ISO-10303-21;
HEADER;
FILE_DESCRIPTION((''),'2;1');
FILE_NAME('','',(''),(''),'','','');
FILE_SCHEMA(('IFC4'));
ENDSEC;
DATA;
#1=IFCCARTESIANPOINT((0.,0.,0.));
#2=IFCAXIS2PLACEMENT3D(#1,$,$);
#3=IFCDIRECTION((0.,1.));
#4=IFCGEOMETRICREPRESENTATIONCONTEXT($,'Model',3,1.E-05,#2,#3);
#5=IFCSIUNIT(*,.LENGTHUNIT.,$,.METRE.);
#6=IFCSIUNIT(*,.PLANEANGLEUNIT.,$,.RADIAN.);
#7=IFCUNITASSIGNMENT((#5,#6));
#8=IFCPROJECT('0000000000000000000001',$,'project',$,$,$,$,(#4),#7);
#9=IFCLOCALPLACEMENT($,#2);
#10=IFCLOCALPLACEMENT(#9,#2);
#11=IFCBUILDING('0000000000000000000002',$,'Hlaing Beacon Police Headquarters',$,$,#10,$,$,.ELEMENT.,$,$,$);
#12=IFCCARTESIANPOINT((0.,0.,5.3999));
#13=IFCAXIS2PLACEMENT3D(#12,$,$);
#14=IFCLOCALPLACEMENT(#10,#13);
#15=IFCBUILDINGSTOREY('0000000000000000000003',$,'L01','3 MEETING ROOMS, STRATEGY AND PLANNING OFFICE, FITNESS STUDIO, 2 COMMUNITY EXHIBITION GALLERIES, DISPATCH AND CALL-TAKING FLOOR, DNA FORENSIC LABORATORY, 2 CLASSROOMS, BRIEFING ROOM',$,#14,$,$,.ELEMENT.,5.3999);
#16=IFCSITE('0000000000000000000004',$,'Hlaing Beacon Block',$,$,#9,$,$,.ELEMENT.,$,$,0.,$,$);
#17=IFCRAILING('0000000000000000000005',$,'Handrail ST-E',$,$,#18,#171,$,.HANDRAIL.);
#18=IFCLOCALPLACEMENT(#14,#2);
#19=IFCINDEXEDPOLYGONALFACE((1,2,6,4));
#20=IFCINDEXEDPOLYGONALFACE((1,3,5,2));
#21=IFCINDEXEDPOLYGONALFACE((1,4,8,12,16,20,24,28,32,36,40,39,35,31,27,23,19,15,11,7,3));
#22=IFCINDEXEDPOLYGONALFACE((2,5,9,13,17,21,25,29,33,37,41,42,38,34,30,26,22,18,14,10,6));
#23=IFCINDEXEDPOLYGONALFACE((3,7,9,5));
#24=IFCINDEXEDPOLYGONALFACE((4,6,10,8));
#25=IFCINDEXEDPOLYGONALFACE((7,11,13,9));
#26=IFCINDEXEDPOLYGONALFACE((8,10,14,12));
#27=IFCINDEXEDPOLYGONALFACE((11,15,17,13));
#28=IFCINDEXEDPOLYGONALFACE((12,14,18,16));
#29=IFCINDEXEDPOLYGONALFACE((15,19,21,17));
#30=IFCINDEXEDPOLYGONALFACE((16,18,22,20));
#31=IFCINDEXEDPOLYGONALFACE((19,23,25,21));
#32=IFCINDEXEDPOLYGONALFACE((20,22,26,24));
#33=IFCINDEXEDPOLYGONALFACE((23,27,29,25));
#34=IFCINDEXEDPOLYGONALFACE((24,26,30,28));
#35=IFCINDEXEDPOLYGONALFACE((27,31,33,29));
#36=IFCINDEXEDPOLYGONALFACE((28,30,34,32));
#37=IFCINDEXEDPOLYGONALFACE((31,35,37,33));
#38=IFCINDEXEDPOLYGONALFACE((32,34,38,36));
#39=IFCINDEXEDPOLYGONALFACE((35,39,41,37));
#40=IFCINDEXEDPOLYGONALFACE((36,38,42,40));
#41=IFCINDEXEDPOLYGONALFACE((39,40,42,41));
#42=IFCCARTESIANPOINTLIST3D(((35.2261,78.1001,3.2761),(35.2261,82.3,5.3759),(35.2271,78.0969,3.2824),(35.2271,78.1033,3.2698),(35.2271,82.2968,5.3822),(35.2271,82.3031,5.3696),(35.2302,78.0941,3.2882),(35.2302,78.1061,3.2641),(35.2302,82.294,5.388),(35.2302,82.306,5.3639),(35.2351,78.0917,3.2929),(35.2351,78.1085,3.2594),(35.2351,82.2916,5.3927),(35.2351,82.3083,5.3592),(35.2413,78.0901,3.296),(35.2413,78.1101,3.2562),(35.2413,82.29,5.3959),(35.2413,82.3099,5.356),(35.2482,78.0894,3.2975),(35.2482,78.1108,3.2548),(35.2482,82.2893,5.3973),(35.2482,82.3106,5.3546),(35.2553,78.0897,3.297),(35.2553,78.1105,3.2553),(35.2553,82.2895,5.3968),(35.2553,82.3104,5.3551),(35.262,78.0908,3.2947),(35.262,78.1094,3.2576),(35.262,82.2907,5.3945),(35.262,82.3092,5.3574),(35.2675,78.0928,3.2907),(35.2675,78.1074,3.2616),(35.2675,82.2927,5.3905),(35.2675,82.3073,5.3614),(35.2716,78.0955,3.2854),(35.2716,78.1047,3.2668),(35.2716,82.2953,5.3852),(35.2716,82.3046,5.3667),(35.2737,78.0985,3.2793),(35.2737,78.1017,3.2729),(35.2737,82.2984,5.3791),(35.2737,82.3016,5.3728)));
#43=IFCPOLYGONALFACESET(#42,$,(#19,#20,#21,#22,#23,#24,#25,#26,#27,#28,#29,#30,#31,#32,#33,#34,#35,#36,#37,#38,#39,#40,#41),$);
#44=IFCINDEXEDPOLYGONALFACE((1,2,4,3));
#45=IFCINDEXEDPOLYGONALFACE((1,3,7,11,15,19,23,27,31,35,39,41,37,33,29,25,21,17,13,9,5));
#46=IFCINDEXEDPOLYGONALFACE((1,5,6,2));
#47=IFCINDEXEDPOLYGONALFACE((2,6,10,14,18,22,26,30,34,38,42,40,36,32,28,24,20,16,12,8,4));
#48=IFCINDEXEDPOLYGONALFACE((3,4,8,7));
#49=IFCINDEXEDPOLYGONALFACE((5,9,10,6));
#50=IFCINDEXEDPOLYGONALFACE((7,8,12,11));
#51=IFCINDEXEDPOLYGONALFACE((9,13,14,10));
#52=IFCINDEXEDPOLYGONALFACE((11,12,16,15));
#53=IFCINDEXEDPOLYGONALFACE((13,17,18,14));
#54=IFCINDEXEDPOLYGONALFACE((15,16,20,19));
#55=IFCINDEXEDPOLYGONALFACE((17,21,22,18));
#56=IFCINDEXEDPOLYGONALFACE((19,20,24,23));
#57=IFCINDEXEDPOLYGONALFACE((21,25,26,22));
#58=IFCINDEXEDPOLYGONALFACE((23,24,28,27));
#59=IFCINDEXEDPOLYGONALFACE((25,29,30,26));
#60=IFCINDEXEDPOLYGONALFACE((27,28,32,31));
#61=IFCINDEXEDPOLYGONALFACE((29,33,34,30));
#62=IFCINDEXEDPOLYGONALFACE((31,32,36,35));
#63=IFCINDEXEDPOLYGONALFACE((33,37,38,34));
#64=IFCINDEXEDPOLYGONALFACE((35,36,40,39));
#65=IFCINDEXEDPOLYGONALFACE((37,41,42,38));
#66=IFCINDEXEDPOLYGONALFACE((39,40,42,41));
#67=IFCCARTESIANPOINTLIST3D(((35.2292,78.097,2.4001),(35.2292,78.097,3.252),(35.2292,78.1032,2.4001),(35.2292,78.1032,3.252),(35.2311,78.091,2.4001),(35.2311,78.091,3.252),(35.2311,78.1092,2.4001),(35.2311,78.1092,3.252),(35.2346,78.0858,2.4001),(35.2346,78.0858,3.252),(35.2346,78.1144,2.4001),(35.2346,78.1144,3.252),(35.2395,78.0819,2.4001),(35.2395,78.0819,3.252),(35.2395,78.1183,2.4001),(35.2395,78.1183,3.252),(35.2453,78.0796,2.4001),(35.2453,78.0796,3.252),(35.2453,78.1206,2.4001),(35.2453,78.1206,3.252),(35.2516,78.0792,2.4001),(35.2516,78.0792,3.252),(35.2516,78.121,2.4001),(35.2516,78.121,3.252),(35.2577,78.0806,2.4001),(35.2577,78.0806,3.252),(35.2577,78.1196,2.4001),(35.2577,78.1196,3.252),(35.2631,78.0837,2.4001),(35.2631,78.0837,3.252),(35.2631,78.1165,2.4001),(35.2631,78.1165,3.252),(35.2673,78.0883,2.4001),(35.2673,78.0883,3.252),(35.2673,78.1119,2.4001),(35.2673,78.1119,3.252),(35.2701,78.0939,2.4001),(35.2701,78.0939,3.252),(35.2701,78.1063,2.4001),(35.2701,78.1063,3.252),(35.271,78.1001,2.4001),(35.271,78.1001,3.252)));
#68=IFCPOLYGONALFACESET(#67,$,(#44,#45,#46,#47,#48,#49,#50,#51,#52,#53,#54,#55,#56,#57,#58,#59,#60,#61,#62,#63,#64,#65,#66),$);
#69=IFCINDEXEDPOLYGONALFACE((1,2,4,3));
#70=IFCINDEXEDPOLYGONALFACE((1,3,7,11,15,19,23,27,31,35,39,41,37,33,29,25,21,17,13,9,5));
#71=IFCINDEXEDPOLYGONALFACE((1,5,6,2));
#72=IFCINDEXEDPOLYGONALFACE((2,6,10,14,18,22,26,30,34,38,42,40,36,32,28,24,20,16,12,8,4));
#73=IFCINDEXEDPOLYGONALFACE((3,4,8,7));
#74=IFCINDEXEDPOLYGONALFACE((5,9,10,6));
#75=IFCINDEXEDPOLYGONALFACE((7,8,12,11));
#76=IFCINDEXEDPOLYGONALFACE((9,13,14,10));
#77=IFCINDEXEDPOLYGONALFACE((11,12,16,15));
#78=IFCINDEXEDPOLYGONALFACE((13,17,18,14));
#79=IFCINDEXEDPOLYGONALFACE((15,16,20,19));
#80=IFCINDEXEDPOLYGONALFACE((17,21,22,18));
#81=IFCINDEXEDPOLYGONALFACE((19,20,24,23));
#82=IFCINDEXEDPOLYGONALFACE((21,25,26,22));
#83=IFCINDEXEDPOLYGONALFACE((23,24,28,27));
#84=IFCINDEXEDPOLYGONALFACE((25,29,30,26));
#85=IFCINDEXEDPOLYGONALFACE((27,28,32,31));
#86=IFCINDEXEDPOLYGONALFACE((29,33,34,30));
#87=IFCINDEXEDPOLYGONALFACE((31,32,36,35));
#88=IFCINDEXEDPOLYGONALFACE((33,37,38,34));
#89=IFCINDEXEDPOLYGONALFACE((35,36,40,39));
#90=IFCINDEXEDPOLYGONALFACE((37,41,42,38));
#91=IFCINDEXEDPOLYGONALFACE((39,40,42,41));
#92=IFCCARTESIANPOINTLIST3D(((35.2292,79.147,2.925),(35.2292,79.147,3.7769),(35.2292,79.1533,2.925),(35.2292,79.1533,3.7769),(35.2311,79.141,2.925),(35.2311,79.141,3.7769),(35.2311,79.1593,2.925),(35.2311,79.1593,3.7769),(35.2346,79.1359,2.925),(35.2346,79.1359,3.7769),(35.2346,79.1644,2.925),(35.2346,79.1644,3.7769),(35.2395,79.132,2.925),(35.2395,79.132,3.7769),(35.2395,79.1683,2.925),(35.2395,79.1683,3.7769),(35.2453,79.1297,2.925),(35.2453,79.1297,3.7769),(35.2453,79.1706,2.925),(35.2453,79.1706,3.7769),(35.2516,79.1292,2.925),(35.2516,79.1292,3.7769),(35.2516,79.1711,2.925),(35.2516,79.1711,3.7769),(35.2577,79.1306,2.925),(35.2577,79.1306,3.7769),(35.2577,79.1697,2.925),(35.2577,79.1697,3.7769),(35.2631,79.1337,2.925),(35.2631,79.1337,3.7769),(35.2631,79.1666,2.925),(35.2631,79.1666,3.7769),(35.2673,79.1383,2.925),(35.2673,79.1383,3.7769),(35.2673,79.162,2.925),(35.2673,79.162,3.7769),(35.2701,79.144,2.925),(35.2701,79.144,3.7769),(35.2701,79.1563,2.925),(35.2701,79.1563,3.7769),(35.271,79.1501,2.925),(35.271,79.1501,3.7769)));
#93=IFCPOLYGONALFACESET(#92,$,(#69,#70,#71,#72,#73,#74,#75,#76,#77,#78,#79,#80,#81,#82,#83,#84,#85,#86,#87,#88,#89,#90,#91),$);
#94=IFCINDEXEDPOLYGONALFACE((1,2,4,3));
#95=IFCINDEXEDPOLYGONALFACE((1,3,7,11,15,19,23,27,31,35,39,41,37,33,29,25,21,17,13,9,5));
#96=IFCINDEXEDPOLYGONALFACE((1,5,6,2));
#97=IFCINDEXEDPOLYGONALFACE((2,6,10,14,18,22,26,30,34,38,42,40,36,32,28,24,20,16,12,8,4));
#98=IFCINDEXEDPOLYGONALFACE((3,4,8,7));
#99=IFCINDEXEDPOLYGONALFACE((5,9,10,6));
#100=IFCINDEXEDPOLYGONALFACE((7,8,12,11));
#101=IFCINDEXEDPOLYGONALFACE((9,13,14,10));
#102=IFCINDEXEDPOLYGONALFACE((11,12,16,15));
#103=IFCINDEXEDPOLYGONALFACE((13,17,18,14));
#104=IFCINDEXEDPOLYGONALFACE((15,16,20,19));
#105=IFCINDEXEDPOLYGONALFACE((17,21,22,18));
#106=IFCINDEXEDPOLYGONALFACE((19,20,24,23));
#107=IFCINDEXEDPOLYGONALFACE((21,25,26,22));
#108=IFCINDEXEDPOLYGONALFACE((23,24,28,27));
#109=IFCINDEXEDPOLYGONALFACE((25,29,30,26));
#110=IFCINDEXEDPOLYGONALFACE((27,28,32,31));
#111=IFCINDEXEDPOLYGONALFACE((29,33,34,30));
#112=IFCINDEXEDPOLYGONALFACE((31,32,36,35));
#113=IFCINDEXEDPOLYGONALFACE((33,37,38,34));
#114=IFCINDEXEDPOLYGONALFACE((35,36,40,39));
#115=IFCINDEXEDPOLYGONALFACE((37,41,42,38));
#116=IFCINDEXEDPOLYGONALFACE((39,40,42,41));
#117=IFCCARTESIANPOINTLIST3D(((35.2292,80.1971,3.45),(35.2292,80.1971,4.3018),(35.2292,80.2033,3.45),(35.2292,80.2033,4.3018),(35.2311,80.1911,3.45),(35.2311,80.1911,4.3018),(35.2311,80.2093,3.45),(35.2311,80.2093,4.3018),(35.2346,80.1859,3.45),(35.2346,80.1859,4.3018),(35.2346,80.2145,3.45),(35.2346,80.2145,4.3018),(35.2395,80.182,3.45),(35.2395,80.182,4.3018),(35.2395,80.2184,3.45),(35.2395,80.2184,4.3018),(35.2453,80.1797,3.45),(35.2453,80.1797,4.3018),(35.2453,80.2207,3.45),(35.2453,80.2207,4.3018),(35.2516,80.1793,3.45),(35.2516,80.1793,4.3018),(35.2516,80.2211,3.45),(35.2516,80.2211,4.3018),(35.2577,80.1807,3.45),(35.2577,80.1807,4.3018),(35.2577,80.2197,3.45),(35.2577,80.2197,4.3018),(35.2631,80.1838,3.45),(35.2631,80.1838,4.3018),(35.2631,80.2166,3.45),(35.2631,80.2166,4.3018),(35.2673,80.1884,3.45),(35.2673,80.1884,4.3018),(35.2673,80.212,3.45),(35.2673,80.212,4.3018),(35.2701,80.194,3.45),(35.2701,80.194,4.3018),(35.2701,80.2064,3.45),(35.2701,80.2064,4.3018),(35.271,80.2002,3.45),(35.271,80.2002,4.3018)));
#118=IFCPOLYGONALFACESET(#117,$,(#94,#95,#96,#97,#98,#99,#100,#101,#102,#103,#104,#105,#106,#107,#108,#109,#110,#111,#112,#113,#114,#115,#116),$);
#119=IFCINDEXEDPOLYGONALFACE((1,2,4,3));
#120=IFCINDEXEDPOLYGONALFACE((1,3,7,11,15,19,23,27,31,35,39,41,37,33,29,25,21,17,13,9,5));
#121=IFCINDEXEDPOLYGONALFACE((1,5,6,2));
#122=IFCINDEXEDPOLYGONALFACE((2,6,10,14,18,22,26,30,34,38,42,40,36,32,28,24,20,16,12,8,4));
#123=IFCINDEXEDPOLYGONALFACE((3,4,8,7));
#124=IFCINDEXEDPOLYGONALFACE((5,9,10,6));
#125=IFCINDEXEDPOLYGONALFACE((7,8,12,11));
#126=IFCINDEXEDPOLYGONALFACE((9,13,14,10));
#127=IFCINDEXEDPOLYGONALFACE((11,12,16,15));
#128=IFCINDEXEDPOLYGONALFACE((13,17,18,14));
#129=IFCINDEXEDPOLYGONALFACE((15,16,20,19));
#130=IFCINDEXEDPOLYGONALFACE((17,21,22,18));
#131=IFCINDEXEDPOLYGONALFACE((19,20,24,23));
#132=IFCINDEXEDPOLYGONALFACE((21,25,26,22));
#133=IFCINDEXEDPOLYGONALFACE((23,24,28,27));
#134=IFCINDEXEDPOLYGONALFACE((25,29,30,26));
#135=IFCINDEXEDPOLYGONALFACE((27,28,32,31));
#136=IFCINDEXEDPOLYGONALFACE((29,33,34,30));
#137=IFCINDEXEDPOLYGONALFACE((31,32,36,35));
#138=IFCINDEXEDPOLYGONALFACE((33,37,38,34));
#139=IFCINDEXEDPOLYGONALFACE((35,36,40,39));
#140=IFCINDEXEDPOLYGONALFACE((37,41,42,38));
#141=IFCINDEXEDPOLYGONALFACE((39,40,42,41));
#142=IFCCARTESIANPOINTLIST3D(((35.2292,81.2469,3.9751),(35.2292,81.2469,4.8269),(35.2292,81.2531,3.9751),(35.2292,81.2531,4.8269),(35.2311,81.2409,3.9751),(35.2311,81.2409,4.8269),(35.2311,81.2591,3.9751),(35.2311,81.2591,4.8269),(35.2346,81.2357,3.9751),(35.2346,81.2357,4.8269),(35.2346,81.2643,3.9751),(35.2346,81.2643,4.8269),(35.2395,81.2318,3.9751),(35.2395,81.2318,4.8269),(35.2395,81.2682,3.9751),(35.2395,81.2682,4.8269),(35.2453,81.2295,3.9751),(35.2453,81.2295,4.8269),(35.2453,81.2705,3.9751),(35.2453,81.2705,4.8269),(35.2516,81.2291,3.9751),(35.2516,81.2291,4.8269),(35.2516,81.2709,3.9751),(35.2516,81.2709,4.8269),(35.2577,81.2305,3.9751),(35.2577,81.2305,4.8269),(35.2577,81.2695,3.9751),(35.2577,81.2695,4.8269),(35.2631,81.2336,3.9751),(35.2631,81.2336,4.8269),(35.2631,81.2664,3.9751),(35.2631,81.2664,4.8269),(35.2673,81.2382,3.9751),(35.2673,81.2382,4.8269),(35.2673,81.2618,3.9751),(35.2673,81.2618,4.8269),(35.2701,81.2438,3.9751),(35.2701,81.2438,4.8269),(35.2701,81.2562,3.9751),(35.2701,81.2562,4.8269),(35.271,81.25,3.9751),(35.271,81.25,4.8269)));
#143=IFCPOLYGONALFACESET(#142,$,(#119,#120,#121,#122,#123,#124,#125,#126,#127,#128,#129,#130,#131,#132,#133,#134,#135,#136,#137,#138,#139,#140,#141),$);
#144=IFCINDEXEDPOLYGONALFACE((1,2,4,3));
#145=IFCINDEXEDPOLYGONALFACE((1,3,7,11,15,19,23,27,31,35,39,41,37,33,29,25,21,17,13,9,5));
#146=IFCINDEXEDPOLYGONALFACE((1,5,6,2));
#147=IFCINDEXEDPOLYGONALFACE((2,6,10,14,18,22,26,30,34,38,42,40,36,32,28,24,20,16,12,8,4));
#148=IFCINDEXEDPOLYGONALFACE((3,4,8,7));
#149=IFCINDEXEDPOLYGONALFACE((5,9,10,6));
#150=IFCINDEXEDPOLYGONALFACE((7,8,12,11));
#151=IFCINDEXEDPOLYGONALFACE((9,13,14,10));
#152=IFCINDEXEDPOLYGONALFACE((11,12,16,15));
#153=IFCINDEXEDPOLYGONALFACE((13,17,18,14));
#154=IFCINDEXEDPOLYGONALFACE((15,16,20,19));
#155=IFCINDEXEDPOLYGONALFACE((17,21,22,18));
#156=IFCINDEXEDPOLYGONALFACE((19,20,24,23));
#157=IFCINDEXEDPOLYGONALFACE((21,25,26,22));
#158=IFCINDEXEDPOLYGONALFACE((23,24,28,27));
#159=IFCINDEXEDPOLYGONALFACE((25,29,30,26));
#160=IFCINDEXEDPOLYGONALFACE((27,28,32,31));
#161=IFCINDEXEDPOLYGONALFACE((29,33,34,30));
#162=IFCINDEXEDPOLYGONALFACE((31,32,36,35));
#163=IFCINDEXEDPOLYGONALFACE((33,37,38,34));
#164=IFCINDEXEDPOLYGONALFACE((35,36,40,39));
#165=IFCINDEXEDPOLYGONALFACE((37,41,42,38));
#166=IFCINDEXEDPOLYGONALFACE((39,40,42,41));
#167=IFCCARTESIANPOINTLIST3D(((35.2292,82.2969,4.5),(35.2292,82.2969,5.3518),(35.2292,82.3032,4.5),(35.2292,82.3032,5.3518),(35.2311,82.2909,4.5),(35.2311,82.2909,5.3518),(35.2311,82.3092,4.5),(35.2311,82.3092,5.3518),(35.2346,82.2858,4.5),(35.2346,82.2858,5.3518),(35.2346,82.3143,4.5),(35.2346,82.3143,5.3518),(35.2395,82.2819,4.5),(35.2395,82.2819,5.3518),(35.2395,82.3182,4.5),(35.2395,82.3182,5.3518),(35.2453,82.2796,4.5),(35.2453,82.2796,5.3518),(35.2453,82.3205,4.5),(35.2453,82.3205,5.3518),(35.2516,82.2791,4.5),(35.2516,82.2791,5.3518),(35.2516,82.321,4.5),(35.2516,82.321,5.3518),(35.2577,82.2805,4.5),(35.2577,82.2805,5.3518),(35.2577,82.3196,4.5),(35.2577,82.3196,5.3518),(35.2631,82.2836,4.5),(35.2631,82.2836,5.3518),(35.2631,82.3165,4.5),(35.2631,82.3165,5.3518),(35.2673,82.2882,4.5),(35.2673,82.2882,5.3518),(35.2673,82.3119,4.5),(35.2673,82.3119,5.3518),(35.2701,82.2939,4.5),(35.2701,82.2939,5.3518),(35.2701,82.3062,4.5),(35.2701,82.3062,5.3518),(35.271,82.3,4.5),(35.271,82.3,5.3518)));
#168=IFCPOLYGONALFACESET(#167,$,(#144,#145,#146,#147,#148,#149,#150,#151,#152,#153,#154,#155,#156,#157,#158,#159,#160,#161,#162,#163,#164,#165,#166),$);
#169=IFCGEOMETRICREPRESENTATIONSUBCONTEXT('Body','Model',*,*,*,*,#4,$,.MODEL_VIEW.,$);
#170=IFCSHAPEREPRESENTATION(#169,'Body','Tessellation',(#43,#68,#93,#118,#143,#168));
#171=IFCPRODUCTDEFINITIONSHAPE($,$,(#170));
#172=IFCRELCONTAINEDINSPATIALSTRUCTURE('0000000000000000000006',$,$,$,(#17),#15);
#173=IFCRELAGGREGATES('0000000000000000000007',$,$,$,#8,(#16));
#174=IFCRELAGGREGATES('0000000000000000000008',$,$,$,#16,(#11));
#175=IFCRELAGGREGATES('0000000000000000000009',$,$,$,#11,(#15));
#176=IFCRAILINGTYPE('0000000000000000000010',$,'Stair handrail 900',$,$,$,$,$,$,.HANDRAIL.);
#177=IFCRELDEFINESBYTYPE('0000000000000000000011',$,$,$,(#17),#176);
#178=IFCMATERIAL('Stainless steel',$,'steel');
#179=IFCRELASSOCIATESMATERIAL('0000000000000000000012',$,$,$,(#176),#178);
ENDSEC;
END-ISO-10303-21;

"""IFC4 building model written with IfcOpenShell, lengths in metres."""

from ifc_helpers import new_model, si_unit, direction, frame, origin, origin_2d, place, context, subcontext, project, spatial, circle, extrude, material, type_object, element, save


model = new_model("IFC4")

# Units and contexts
model_context = context("Model", 3, precision=1e-05, world=origin(), true_north=direction((0.0, 1.0)))
body_context = subcontext(model_context, "Body", "Model", "MODEL_VIEW")
ifc_project = project(units=[si_unit("LENGTHUNIT", "METRE"), si_unit("PLANEANGLEUNIT", "RADIAN")], contexts=[model_context])

# Site, building, storey
site_placement = place(None, origin())
site = spatial("IfcSite", under=ifc_project, at=site_placement, Name="Hlaing Beacon Block", CompositionType="ELEMENT", RefElevation=0.0)
building_placement = place(site_placement, origin())
building = spatial("IfcBuilding", under=site, at=building_placement, Name="Hlaing Beacon Police Headquarters", CompositionType="ELEMENT")
storey_placement = place(building_placement, frame((0.0, 0.0, 5.3999)))
storey = spatial("IfcBuildingStorey", under=building, at=storey_placement, Name="L01", Description="3 MEETING ROOMS, STRATEGY AND PLANNING OFFICE, FITNESS STUDIO, 2 COMMUNITY EXHIBITION GALLERIES, DISPATCH AND CALL-TAKING FLOOR, DNA FORENSIC LABORATORY, 2 CLASSROOMS, BRIEFING ROOM", CompositionType="ELEMENT", Elevation=5.3999)

# Railing
ifc_material_1 = material(Name="Stainless steel", Category="steel")
railing_type_1 = type_object("IfcRailingType", Name="Stair handrail 900", PredefinedType="HANDRAIL", material=ifc_material_1)
for number, where, name in (
    (1, (35.25, 78.1001, 2.4001), "Handrail ST-E"),
):
    element("IfcRailing", number, at=place(storey_placement, frame(where)), inside=storey, type_object=railing_type_1, Name=name, PredefinedType="HANDRAIL", context=body_context, shape_type="SweptSolid", body=[
        extrude(circle(Radius=0.0239, at=origin_2d()), frame((0.0, 0.0, 0.876), z_axis=(0.0, 0.894438, 0.447193), x_axis=(-1.0, 0.0, 0.0)), (0.0, 0.0, 1.0), 4.6956),
        extrude(circle(Radius=0.021, at=origin_2d()), origin(), (0.0, 0.0, 1.0), 0.8518),
        extrude(circle(Radius=0.021, at=origin_2d()), frame((0.0, 1.05, 0.5249)), (0.0, 0.0, 1.0), 0.8518),
        extrude(circle(Radius=0.021, at=origin_2d()), frame((0.0, 2.1001, 1.0498)), (0.0, 0.0, 1.0), 0.8518),
        extrude(circle(Radius=0.021, at=origin_2d()), frame((0.0, 3.1499, 1.575)), (0.0, 0.0, 1.0), 0.8518),
        extrude(circle(Radius=0.021, at=origin_2d()), frame((0.0, 4.2, 2.0999)), (0.0, 0.0, 1.0), 0.8518),
    ])

save(model, "model.ifc")
